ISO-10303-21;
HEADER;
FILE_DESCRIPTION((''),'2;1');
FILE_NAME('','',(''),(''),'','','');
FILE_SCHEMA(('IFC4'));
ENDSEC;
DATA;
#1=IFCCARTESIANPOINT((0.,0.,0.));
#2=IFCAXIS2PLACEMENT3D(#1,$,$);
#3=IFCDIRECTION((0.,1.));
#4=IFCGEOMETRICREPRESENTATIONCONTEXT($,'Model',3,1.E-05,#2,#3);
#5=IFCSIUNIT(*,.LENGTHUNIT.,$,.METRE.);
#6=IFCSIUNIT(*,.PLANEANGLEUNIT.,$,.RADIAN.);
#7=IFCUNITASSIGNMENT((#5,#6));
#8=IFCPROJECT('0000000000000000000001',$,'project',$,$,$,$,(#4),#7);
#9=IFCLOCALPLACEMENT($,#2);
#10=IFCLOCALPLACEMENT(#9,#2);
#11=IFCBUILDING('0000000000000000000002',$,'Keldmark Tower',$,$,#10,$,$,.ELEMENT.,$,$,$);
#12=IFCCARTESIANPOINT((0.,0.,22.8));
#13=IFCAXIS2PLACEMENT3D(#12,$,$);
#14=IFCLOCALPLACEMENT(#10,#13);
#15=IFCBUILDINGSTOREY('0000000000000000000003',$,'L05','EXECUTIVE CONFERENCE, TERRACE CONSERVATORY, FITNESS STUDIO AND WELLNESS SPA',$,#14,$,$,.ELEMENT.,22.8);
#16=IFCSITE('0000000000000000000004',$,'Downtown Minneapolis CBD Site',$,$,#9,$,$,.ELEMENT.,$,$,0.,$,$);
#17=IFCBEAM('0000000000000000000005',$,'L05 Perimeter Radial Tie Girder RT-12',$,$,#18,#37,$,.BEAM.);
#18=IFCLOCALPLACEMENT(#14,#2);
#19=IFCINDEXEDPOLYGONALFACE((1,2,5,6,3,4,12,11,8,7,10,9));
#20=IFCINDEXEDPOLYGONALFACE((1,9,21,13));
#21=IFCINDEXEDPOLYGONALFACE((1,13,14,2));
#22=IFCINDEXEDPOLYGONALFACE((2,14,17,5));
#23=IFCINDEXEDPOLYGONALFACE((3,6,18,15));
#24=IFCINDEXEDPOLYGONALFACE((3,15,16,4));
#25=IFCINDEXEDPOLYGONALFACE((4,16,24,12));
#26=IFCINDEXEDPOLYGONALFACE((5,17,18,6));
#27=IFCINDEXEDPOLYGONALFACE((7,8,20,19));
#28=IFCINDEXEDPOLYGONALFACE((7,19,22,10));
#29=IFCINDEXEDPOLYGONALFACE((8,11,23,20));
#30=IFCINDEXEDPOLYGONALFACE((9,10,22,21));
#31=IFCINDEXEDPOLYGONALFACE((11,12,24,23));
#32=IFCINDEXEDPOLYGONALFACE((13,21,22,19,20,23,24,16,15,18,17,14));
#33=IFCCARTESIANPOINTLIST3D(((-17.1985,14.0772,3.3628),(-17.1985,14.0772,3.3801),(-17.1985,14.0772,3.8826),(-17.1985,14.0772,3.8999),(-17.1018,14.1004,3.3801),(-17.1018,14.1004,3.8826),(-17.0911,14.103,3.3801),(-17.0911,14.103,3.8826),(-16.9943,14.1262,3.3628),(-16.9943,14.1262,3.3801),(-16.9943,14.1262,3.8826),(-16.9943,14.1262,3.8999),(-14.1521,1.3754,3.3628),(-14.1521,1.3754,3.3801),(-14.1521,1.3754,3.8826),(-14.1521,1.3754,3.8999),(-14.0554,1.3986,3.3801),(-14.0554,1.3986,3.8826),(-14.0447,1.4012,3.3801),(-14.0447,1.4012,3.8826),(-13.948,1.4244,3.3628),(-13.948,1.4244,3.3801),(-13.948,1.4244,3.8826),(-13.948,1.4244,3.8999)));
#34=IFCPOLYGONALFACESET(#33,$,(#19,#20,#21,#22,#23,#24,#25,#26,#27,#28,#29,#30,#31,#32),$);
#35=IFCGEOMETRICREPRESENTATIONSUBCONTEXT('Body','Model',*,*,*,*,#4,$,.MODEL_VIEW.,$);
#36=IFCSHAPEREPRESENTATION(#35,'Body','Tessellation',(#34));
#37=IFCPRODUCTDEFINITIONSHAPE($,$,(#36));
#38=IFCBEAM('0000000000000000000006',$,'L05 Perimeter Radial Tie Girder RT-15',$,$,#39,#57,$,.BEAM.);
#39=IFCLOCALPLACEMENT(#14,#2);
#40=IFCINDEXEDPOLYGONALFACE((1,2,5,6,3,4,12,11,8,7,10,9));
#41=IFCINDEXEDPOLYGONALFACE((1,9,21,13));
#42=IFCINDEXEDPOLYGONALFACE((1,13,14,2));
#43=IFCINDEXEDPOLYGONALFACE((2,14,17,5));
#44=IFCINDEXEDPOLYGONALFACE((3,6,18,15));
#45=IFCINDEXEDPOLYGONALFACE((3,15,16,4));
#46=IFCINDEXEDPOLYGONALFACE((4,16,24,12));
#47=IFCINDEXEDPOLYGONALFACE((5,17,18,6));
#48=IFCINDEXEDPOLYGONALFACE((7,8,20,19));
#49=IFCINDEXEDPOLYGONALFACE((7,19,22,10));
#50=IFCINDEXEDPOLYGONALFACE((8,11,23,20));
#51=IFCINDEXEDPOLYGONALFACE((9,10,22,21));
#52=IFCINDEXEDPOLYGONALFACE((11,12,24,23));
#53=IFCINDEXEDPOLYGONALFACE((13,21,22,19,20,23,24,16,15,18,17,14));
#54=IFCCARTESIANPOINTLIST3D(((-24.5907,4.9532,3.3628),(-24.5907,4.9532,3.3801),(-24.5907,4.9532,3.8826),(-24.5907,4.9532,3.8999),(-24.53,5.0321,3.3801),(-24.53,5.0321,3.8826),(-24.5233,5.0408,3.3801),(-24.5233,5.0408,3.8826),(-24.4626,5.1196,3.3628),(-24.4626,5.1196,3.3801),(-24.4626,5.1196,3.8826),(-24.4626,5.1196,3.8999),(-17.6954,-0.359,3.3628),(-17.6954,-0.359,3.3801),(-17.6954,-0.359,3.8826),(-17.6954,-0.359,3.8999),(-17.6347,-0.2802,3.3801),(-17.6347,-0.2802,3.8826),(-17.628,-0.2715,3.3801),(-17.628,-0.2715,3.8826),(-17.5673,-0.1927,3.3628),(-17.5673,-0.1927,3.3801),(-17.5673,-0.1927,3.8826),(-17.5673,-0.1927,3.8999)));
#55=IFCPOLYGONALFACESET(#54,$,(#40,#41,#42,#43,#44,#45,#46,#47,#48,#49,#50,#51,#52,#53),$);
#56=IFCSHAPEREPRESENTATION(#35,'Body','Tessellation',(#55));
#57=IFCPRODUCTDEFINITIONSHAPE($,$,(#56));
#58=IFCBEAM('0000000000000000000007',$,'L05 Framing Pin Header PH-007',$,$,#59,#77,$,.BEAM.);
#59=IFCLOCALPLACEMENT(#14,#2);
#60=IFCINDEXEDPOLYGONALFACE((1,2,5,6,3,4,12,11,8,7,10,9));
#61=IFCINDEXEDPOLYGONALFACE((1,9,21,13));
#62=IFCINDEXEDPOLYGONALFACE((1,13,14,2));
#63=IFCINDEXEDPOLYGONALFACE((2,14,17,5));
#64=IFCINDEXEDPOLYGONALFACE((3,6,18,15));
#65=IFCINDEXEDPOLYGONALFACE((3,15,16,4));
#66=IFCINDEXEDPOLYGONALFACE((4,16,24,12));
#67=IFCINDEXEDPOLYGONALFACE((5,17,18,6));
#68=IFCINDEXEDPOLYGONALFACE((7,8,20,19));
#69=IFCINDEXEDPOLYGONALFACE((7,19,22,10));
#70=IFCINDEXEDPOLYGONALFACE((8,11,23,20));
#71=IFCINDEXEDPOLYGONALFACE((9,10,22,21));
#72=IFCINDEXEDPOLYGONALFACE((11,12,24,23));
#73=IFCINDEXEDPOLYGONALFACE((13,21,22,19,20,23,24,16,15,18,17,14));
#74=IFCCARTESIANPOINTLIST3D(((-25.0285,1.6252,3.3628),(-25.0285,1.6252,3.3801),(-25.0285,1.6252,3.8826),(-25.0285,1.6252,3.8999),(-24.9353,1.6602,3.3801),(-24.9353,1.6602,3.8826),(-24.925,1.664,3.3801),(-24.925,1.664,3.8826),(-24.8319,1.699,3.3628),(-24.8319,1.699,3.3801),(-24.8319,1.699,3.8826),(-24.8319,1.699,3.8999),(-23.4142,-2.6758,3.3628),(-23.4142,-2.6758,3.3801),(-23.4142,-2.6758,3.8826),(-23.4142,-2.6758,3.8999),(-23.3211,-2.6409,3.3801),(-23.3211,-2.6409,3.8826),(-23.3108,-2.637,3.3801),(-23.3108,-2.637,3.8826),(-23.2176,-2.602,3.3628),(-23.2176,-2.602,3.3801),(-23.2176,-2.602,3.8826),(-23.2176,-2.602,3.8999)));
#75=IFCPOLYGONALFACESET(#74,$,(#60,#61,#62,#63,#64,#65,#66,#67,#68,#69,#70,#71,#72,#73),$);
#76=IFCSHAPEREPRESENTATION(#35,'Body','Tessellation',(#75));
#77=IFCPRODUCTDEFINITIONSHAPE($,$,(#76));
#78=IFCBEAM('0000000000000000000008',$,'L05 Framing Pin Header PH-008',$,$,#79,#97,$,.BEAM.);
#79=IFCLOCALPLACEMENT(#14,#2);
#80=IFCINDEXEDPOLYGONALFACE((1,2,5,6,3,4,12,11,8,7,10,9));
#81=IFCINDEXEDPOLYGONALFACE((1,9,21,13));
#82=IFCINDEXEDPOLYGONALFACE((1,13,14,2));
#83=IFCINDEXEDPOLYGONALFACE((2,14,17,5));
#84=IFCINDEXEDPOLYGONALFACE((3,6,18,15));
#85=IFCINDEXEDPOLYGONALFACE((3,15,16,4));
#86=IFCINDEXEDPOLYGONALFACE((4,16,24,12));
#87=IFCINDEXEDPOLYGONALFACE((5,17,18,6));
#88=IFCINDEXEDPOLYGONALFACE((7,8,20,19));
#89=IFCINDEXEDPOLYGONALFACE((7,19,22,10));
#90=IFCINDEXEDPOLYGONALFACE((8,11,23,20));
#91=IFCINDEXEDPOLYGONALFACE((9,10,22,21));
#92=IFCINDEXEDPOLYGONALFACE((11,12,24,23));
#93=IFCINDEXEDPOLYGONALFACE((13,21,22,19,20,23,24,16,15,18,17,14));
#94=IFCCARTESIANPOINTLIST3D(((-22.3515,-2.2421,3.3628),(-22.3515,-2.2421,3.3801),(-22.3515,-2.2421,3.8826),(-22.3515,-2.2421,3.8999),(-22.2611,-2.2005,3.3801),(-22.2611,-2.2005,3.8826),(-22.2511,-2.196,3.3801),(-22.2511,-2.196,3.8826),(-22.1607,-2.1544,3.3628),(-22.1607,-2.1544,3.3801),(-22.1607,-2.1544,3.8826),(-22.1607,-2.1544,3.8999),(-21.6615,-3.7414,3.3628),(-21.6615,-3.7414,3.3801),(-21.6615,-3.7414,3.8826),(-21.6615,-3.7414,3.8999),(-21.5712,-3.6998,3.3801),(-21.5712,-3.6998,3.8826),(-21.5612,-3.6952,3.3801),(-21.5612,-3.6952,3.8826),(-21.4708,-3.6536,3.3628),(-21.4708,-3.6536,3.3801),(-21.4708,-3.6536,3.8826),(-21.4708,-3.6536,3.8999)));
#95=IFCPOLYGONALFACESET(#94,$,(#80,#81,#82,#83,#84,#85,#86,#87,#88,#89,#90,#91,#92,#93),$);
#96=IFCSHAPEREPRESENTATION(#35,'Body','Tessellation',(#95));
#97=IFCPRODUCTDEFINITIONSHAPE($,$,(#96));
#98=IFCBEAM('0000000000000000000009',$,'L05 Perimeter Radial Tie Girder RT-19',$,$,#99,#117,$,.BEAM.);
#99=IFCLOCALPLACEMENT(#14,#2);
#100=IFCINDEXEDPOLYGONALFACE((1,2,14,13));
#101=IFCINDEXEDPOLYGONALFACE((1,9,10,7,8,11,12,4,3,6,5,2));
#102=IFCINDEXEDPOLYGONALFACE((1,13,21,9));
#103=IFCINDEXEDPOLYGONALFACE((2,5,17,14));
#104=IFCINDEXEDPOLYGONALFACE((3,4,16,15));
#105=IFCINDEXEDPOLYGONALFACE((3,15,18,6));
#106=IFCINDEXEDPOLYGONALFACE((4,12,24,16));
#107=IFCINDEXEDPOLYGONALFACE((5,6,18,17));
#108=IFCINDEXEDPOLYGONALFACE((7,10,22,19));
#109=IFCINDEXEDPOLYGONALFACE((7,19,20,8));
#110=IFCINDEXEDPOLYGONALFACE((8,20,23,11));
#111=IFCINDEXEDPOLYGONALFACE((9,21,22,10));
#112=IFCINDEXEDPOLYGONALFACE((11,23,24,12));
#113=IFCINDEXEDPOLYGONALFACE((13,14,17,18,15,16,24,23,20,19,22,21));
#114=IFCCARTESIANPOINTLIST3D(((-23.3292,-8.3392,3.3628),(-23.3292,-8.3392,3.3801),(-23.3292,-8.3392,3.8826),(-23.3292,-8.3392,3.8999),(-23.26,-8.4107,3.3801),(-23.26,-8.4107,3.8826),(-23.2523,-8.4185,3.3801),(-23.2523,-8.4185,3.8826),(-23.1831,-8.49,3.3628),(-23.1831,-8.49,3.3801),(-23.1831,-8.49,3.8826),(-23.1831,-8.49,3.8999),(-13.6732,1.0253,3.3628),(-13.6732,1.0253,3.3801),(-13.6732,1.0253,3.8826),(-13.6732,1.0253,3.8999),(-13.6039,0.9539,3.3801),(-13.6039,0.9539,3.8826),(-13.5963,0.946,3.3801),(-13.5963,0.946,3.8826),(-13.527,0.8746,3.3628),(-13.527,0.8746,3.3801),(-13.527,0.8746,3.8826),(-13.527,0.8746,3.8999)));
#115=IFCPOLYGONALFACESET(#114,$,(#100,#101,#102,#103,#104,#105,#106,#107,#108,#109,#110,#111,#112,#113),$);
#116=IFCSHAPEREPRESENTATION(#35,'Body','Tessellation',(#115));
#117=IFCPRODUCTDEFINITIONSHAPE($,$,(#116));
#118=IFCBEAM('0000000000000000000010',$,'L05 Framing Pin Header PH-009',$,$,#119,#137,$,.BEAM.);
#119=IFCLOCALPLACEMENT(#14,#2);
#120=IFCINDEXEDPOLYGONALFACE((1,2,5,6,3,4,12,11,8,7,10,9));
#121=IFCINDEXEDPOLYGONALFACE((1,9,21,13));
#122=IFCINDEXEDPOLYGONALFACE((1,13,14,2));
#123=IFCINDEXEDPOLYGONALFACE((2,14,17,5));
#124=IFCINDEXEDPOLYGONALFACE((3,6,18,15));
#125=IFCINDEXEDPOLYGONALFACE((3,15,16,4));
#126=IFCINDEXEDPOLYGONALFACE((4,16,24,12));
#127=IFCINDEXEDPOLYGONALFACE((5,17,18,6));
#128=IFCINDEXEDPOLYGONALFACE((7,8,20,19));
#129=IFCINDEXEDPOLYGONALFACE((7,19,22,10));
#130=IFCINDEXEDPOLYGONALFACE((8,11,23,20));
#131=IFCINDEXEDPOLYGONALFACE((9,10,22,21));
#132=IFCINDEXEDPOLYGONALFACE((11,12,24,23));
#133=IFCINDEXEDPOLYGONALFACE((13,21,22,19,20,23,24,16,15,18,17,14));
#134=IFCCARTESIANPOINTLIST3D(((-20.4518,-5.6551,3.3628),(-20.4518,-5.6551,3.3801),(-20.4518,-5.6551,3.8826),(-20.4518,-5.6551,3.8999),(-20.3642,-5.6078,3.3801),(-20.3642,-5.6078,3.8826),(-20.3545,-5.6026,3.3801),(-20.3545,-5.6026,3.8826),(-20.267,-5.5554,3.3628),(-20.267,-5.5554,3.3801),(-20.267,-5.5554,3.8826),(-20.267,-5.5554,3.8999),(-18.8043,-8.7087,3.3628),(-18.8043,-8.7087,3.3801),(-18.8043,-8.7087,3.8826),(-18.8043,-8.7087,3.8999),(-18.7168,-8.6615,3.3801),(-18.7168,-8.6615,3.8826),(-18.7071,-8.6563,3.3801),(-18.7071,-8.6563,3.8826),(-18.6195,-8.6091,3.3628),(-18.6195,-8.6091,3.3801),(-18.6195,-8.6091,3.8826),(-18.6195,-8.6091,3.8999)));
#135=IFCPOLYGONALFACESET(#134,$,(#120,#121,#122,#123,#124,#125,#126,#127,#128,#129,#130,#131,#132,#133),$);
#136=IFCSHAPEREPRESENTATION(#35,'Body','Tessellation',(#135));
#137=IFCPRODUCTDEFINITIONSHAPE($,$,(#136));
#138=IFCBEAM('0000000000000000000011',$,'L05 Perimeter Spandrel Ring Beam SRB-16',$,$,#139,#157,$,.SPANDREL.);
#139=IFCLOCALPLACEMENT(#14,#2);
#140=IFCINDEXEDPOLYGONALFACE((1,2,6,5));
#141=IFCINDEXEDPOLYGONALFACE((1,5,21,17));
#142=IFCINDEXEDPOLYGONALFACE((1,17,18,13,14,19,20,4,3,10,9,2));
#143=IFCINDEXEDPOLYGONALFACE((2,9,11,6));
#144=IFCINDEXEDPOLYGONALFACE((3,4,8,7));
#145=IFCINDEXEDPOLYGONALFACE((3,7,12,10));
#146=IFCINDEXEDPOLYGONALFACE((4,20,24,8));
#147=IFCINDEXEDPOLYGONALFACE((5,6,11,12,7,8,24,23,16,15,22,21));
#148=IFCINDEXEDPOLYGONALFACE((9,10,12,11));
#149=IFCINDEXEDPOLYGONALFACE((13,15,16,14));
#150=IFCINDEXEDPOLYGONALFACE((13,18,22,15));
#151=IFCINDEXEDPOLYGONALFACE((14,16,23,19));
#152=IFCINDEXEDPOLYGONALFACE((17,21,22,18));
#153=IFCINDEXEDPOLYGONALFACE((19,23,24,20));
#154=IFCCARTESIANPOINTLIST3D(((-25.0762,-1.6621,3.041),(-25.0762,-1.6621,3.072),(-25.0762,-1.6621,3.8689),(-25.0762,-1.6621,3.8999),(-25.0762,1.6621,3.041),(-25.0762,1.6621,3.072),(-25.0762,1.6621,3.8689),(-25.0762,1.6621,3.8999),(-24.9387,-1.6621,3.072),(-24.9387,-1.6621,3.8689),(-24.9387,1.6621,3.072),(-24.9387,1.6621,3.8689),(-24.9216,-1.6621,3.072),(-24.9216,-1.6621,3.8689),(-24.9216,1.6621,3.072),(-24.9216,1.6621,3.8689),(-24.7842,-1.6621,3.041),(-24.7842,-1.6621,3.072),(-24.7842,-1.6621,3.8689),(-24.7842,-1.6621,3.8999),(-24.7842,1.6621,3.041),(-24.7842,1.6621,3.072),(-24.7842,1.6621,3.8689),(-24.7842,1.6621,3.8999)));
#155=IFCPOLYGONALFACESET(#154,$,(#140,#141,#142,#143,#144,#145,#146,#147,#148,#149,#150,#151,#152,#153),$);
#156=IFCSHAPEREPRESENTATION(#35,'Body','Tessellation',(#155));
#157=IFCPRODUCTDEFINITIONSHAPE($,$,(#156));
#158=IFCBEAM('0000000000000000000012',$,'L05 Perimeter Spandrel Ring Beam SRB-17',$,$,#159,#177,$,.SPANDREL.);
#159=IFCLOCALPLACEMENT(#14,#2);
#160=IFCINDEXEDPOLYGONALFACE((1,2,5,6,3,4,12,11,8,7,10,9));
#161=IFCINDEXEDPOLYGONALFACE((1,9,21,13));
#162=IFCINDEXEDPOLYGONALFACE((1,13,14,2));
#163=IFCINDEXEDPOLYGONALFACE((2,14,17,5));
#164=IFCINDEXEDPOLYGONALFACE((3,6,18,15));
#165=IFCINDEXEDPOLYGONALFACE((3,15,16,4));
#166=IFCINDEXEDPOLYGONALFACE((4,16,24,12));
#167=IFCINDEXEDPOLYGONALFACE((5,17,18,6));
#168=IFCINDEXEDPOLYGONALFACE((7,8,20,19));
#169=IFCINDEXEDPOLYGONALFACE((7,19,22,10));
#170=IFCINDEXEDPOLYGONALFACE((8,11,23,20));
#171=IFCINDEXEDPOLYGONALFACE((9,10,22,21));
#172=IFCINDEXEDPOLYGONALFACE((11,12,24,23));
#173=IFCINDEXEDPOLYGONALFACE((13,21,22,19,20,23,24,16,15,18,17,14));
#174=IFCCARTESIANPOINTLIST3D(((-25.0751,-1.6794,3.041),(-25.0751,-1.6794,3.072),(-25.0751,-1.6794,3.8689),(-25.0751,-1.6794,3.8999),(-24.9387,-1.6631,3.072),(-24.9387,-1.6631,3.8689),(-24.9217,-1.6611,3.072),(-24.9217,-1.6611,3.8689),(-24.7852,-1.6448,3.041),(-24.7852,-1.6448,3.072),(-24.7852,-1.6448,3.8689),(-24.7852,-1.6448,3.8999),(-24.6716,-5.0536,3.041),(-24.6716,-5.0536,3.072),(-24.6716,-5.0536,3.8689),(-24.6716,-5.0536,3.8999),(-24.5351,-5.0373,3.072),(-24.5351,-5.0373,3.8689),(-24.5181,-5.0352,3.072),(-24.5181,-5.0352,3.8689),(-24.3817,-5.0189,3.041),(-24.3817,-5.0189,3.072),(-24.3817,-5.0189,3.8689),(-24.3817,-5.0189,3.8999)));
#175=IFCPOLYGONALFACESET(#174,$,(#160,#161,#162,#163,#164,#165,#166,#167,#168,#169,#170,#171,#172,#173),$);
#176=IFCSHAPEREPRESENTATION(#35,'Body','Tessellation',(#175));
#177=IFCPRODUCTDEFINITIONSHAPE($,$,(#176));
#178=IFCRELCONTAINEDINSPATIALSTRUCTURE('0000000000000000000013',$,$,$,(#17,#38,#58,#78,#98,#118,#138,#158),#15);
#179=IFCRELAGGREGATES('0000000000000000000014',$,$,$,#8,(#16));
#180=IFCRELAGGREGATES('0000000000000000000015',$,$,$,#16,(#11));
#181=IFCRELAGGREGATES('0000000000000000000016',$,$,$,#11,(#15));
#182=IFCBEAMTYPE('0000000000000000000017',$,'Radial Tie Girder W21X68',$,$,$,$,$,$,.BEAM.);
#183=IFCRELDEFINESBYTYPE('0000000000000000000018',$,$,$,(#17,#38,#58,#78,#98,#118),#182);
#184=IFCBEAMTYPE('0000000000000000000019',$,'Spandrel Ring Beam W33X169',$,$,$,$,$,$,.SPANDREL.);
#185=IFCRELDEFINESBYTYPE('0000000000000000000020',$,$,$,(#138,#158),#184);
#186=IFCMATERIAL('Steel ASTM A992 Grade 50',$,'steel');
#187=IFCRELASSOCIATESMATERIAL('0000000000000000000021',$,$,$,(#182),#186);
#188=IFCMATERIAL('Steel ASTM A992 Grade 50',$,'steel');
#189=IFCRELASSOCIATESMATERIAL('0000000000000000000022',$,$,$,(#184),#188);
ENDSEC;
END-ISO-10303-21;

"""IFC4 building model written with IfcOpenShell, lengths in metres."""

from ifc_helpers import new_model, si_unit, direction, frame, origin, origin_2d, place, context, subcontext, project, spatial, i_section, extrude, material, material_profile, profile_set, type_object, element, save


model = new_model("IFC4")

# Units and contexts
model_context = context("Model", 3, precision=1e-05, world=origin(), true_north=direction((0.0, 1.0)))
body_context = subcontext(model_context, "Body", "Model", "MODEL_VIEW")
ifc_project = project(units=[si_unit("LENGTHUNIT", "METRE"), si_unit("PLANEANGLEUNIT", "RADIAN")], contexts=[model_context])

# Site, building, storey
site_placement = place(None, origin())
site = spatial("IfcSite", under=ifc_project, at=site_placement, Name="Downtown Minneapolis CBD Site", CompositionType="ELEMENT", RefElevation=0.0)
building_placement = place(site_placement, origin())
building = spatial("IfcBuilding", under=site, at=building_placement, Name="Keldmark Tower", CompositionType="ELEMENT")
storey_placement = place(building_placement, frame((0.0, 0.0, 22.8)))
storey = spatial("IfcBuildingStorey", under=building, at=storey_placement, Name="L05", Description="EXECUTIVE CONFERENCE, TERRACE CONSERVATORY, FITNESS STUDIO AND WELLNESS SPA", CompositionType="ELEMENT", Elevation=22.8)

# Beams
ifc_material_1 = material(Name="Steel ASTM A992 Grade 50", Category="steel")
ifc_material_profile_1 = material_profile(ifc_material_1, i_section(OverallWidth=0.21, OverallDepth=0.5371, WebThickness=0.011, FlangeThickness=0.0173, at=origin_2d()), Name="W21X68")
ifc_profile_set_1 = profile_set([ifc_material_profile_1], Name="Steel ASTM A992 Grade 50")
beam_type_1 = type_object("IfcBeamType", Name="Radial Tie Girder W21X68", PredefinedType="BEAM", material=ifc_profile_set_1)
beam_1_placement = place(storey_placement, frame((-14.05, 1.3999, 3.6313), z_axis=(-0.233223, 0.972423, 0.0), x_axis=(-0.972423, -0.233223, 0.0)))
element("IfcBeam", 1, at=beam_1_placement, inside=storey, type_object=beam_type_1, Name="L05 Perimeter Radial Tie Girder RT-12", PredefinedType="BEAM", context=body_context, shape_type="SweptSolid", body=[
    extrude(i_section(OverallWidth=0.21, OverallDepth=0.5371, WebThickness=0.011, FlangeThickness=0.0173, at=origin_2d()), origin(), (0.0, 0.0, 1.0), 13.062),
])
beam_2_placement = place(storey_placement, frame((-17.6313, -0.2759, 3.6313), z_axis=(-0.792168, 0.610303, 0.0), x_axis=(-0.610303, -0.792168, 0.0)))
element("IfcBeam", 2, at=beam_2_placement, inside=storey, type_object=beam_type_1, Name="L05 Perimeter Radial Tie Girder RT-15", PredefinedType="BEAM", context=body_context, shape_type="SweptSolid", body=[
    extrude(i_section(OverallWidth=0.21, OverallDepth=0.5371, WebThickness=0.011, FlangeThickness=0.0173, at=origin_2d()), origin(), (0.0, 0.0, 1.0), 8.7043),
])
beam_3_placement = place(storey_placement, frame((-24.9302, 1.6621, 3.6313), z_axis=(0.351386, -0.936231, 0.0), x_axis=(0.936231, 0.351386, 0.0)))
element("IfcBeam", 3, at=beam_3_placement, inside=storey, type_object=beam_type_1, Name="L05 Framing Pin Header PH-007", PredefinedType="BEAM", context=body_context, shape_type="SweptSolid", body=[
    extrude(i_section(OverallWidth=0.21, OverallDepth=0.5371, WebThickness=0.011, FlangeThickness=0.0173, at=origin_2d()), origin(), (0.0, 0.0, 1.0), 4.594),
])
beam_4_placement = place(storey_placement, frame((-21.5662, -3.6975, 3.6313), z_axis=(-0.418045, 0.908426, 0.0), x_axis=(-0.908426, -0.418045, 0.0)))
element("IfcBeam", 4, at=beam_4_placement, inside=storey, type_object=beam_type_1, Name="L05 Framing Pin Header PH-008", PredefinedType="BEAM", context=body_context, shape_type="SweptSolid", body=[
    extrude(i_section(OverallWidth=0.21, OverallDepth=0.5371, WebThickness=0.011, FlangeThickness=0.0173, at=origin_2d()), origin(), (0.0, 0.0, 1.0), 1.6504),
])
beam_5_placement = place(storey_placement, frame((-13.6001, 0.95, 3.6313), z_axis=(-0.717859, -0.696188, 0.0), x_axis=(0.696188, -0.717859, 0.0)))
element("IfcBeam", 5, at=beam_5_placement, inside=storey, type_object=beam_type_1, Name="L05 Perimeter Radial Tie Girder RT-19", PredefinedType="BEAM", context=body_context, shape_type="SweptSolid", body=[
    extrude(i_section(OverallWidth=0.21, OverallDepth=0.5371, WebThickness=0.011, FlangeThickness=0.0173, at=origin_2d()), origin(), (0.0, 0.0, 1.0), 13.4512),
])
beam_6_placement = place(storey_placement, frame((-20.3594, -5.6052, 3.6313), z_axis=(0.474805, -0.880091, 0.0), x_axis=(0.880091, 0.474805, 0.0)))
element("IfcBeam", 6, at=beam_6_placement, inside=storey, type_object=beam_type_1, Name="L05 Framing Pin Header PH-009", PredefinedType="BEAM", context=body_context, shape_type="SweptSolid", body=[
    extrude(i_section(OverallWidth=0.21, OverallDepth=0.5371, WebThickness=0.011, FlangeThickness=0.0173, at=origin_2d()), origin(), (0.0, 0.0, 1.0), 3.4697),
])
ifc_material_2 = material(Name="Steel ASTM A992 Grade 50", Category="steel")
ifc_material_profile_2 = material_profile(ifc_material_2, i_section(OverallWidth=0.292, OverallDepth=0.8589, WebThickness=0.0171, FlangeThickness=0.031, at=origin_2d()), Name="W33X169")
ifc_profile_set_2 = profile_set([ifc_material_profile_2], Name="Steel ASTM A992 Grade 50")
beam_type_2 = type_object("IfcBeamType", Name="Spandrel Ring Beam W33X169", PredefinedType="SPANDREL", material=ifc_profile_set_2)
beam_7_placement = place(storey_placement, frame((-24.9302, 1.6621, 3.4705), z_axis=(0.0, -1.0, 0.0), x_axis=(1.0, 0.0, 0.0)))
element("IfcBeam", 7, at=beam_7_placement, inside=storey, type_object=beam_type_2, Name="L05 Perimeter Spandrel Ring Beam SRB-16", PredefinedType="SPANDREL", context=body_context, shape_type="SweptSolid", body=[
    extrude(i_section(OverallWidth=0.292, OverallDepth=0.8589, WebThickness=0.0171, FlangeThickness=0.031, at=origin_2d()), origin(), (0.0, 0.0, 1.0), 3.3242),
])
beam_8_placement = place(storey_placement, frame((-24.9302, -1.6621, 3.4705), z_axis=(0.118754, -0.992924, 0.0), x_axis=(0.992924, 0.118754, 0.0)))
element("IfcBeam", 8, at=beam_8_placement, inside=storey, type_object=beam_type_2, Name="L05 Perimeter Spandrel Ring Beam SRB-17", PredefinedType="SPANDREL", context=body_context, shape_type="SweptSolid", body=[
    extrude(i_section(OverallWidth=0.292, OverallDepth=0.8589, WebThickness=0.0171, FlangeThickness=0.031, at=origin_2d()), origin(), (0.0, 0.0, 1.0), 3.3982),
])

save(model, "model.ifc")
